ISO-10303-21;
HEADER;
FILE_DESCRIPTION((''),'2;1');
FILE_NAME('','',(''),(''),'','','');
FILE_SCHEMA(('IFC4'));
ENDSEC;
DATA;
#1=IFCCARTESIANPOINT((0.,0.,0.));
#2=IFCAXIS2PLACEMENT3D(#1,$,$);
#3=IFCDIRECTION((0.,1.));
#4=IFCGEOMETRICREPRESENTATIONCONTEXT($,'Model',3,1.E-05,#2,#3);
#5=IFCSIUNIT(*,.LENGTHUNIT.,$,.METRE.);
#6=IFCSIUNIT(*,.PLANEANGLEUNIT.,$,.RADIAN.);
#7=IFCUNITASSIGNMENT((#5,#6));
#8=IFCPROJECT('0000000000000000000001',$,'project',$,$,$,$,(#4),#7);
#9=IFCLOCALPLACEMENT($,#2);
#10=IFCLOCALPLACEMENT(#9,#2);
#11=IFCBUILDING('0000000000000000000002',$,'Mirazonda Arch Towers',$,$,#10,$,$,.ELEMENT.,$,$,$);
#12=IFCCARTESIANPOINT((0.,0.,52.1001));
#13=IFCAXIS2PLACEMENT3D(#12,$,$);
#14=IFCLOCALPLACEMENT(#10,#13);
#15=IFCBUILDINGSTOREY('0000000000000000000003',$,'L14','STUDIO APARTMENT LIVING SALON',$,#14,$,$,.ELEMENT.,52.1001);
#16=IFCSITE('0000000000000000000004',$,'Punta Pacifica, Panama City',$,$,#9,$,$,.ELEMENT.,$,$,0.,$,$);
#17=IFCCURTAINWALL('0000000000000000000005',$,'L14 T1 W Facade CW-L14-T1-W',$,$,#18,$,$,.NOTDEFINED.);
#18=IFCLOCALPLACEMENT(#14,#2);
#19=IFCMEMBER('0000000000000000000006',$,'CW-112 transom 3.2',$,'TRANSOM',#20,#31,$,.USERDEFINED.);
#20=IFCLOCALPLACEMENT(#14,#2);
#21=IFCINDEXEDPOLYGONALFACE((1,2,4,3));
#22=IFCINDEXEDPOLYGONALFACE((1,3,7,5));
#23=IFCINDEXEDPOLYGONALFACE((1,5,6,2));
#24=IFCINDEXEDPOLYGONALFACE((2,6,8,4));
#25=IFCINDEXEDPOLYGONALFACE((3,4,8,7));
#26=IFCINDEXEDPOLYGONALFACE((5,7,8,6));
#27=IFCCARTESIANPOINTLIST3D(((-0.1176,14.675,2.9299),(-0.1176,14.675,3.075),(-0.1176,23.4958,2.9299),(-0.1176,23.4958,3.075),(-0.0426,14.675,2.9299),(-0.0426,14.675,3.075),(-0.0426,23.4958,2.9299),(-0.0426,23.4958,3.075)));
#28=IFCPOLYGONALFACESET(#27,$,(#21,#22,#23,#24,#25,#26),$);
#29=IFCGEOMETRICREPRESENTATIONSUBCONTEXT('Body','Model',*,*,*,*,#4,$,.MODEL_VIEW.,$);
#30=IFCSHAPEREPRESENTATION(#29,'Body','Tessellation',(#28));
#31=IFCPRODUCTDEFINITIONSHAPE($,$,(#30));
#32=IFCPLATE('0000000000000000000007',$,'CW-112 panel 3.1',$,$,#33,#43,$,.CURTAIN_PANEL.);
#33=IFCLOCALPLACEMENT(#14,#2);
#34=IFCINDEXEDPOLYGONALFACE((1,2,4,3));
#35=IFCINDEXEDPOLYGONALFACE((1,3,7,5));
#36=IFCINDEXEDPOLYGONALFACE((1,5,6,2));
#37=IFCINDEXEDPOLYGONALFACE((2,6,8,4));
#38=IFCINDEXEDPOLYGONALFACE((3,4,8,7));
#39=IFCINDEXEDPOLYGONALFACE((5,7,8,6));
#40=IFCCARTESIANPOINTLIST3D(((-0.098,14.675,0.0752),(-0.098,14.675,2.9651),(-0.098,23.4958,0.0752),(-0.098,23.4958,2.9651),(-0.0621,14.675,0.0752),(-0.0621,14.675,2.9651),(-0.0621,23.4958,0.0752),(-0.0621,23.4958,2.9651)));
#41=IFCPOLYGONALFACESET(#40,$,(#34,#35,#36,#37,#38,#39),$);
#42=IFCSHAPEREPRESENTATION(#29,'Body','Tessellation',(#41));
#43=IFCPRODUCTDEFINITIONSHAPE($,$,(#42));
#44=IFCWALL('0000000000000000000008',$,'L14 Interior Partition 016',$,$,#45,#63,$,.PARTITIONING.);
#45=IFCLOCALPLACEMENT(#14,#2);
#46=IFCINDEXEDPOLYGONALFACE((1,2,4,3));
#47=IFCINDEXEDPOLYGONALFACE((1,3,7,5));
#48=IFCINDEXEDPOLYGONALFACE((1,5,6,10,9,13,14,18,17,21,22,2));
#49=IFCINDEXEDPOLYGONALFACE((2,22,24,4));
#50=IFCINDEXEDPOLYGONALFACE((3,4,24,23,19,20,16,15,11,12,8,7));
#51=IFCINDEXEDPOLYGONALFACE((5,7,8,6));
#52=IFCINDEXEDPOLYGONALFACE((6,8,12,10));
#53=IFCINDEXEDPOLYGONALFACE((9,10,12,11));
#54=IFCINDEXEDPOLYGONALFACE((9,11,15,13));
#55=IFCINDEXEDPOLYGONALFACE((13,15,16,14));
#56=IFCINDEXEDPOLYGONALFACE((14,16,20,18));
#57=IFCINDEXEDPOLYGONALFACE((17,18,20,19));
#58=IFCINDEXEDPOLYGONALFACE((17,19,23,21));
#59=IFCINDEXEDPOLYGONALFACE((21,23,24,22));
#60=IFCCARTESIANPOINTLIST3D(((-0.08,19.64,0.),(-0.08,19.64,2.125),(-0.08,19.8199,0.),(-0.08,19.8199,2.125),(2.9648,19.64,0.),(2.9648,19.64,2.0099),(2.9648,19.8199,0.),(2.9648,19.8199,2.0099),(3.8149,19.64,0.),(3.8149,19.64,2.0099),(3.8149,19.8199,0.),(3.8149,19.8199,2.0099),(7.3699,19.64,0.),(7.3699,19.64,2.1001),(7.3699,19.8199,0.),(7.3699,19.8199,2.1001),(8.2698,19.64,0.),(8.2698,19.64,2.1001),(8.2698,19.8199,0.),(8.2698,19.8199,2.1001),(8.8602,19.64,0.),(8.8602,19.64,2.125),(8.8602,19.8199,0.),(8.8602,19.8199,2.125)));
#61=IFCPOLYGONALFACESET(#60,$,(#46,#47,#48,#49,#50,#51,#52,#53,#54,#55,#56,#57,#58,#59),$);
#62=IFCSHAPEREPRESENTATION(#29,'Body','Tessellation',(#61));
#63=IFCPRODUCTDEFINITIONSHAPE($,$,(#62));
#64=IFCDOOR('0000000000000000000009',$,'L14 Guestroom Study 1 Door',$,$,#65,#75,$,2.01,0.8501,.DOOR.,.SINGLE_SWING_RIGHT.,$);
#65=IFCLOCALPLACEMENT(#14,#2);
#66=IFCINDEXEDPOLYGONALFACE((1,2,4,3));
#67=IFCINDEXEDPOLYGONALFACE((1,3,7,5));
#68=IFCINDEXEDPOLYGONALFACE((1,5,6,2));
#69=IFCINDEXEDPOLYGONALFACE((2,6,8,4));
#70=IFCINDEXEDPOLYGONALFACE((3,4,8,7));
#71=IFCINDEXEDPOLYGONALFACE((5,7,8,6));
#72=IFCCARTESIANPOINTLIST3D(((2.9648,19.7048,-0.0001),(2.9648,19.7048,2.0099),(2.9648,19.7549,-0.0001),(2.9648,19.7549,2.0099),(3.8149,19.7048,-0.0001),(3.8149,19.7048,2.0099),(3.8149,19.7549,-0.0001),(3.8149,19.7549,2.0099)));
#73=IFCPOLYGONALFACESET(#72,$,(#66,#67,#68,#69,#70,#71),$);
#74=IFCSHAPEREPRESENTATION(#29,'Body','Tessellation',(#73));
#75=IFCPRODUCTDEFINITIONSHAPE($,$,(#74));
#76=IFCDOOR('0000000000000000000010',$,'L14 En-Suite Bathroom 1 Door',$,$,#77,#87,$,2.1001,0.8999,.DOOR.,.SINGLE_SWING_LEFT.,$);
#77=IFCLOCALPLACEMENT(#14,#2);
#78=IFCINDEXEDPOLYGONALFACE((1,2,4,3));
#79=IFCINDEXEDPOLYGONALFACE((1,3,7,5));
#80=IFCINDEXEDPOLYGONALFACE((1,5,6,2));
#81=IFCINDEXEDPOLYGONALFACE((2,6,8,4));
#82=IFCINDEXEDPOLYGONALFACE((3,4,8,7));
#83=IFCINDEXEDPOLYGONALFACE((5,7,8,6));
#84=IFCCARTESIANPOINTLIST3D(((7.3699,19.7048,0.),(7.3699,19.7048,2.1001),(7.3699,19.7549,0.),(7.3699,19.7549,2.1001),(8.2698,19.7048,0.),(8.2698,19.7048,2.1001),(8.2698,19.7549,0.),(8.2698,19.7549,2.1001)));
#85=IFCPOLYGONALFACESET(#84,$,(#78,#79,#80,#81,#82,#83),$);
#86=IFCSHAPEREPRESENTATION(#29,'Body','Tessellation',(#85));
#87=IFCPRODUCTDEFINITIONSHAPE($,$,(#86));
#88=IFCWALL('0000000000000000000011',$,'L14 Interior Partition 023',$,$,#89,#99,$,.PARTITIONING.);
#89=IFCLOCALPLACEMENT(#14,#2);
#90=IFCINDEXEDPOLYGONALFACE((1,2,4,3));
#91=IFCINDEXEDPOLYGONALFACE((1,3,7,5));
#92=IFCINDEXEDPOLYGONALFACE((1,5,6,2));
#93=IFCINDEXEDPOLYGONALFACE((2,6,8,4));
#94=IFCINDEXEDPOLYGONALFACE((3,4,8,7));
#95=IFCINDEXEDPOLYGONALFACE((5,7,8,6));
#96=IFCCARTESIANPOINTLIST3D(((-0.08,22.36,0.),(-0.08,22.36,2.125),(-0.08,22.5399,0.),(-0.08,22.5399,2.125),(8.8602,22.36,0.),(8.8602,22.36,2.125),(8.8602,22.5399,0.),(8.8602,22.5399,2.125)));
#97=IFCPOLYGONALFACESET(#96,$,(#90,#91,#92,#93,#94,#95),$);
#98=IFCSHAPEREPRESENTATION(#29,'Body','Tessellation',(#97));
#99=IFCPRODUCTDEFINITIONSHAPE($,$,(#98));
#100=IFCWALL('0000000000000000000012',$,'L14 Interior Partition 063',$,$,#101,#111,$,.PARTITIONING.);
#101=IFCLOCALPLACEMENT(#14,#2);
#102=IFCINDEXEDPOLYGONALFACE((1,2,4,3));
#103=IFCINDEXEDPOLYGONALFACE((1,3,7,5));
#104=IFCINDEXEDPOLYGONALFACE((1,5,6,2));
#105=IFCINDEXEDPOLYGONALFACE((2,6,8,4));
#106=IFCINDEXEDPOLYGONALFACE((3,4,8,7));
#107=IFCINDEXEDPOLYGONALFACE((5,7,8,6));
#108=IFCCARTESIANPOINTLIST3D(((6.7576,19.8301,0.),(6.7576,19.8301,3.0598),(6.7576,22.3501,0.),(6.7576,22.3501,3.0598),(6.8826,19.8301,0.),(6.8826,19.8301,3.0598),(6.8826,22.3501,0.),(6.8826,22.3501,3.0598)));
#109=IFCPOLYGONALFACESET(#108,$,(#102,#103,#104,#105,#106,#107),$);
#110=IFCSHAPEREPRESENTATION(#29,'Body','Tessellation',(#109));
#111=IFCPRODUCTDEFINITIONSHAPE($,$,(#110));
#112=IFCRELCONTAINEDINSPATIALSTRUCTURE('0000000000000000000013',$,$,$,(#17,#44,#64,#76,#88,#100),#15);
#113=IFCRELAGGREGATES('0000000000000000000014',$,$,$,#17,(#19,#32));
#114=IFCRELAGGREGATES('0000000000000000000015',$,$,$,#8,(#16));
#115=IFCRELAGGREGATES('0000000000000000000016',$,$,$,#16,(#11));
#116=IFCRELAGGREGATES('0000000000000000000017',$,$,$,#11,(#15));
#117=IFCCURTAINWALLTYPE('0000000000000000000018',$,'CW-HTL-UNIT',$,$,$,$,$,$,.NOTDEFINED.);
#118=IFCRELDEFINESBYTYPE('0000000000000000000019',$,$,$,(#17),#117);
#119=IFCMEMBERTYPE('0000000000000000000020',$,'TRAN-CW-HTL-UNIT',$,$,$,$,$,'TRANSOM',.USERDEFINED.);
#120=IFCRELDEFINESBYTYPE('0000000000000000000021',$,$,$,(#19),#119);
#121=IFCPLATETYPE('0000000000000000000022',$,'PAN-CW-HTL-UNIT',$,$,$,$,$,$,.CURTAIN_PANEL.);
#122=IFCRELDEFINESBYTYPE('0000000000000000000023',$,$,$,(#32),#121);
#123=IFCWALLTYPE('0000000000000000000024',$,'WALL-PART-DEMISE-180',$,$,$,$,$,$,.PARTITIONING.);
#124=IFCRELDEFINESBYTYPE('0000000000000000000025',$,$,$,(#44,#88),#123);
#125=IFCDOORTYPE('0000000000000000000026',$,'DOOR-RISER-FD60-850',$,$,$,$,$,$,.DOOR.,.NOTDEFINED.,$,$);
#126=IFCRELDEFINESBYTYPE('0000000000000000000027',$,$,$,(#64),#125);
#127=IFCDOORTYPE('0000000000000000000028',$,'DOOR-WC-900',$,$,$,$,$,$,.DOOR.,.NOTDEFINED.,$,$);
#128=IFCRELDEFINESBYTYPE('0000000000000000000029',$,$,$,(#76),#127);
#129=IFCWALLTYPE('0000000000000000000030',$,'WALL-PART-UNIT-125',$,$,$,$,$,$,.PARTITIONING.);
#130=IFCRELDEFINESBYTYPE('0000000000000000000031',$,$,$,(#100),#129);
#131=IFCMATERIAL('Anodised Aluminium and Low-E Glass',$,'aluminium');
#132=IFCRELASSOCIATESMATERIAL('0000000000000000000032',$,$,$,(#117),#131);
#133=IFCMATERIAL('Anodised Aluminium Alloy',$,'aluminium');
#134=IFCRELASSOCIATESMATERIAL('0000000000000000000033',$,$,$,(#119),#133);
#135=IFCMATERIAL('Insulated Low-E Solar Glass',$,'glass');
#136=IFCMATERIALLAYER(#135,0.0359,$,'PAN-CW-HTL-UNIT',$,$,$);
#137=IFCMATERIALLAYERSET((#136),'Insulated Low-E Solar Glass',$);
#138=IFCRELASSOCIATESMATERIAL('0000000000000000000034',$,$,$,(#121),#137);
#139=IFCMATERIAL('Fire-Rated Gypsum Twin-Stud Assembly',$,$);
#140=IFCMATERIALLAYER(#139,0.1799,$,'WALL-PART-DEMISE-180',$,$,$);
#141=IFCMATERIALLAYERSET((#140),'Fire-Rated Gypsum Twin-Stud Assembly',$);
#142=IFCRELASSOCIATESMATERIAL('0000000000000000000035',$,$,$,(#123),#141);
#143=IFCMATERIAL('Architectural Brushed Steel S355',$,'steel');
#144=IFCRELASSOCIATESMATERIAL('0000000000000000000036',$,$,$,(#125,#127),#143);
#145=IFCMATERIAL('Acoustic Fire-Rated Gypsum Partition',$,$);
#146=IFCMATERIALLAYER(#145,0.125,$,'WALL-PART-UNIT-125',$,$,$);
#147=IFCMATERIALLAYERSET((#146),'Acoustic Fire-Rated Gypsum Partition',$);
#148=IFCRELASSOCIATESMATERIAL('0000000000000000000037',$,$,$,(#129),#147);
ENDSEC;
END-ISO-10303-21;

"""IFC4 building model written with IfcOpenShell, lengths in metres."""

from ifc_helpers import new_model, si_unit, direction, frame, frame_2d, origin, origin_2d, place, context, subcontext, project, spatial, rectangle, extrude, material, layer, layer_set, material_profile, profile_set, type_object, element, fill, aggregate, save


model = new_model("IFC4")

# Units and contexts
model_context = context("Model", 3, precision=1e-05, world=origin(), true_north=direction((0.0, 1.0)))
body_context = subcontext(model_context, "Body", "Model", "MODEL_VIEW")
ifc_project = project(units=[si_unit("LENGTHUNIT", "METRE"), si_unit("PLANEANGLEUNIT", "RADIAN")], contexts=[model_context])

# Site, building, storey
site_placement = place(None, origin())
site = spatial("IfcSite", under=ifc_project, at=site_placement, Name="Punta Pacifica, Panama City", CompositionType="ELEMENT", RefElevation=0.0)
building_placement = place(site_placement, origin())
building = spatial("IfcBuilding", under=site, at=building_placement, Name="Mirazonda Arch Towers", CompositionType="ELEMENT")
storey_placement = place(building_placement, frame((0.0, 0.0, 52.1001)))
storey = spatial("IfcBuildingStorey", under=building, at=storey_placement, Name="L14", Description="STUDIO APARTMENT LIVING SALON", CompositionType="ELEMENT", Elevation=52.1001)

# Curtain wall, member, plate
ifc_material_1 = material(Name="Anodised Aluminium and Low-E Glass", Category="aluminium")
curtain_wall_type = type_object("IfcCurtainWallType", Name="CW-HTL-UNIT", PredefinedType="NOTDEFINED", material=ifc_material_1)
curtain_wall_placement = place(storey_placement, origin())
curtain_wall = element("IfcCurtainWall", 1, at=curtain_wall_placement, inside=storey, type_object=curtain_wall_type, Name="L14 T1 W Facade CW-L14-T1-W", PredefinedType="NOTDEFINED")
ifc_material_2 = material(Name="Anodised Aluminium Alloy", Category="aluminium")
ifc_material_profile_1 = material_profile(ifc_material_2, rectangle(XDim=0.075, YDim=0.145, at=origin_2d()), Name="ALU-TRAN-75x145")
ifc_profile_set_1 = profile_set([ifc_material_profile_1], Name="Anodised Aluminium Alloy")
member_type_1 = type_object("IfcMemberType", Name="TRAN-CW-HTL-UNIT", ElementType="TRANSOM", PredefinedType="USERDEFINED", material=ifc_profile_set_1)
member_1_placement = place(storey_placement, frame((-0.0801, 23.4958, 3.0024), z_axis=(0.0, -1.0, 0.0), x_axis=(1.0, 0.0, 0.0)))
member_1 = element("IfcMember", 2, at=member_1_placement, type_object=member_type_1, Name="CW-112 transom 3.2", ObjectType="TRANSOM", PredefinedType="USERDEFINED", context=body_context, shape_type="SweptSolid", body=[
    extrude(rectangle(XDim=0.075, YDim=0.145, at=origin_2d()), origin(), (0.0, 0.0, 1.0), 8.8208),
])
ifc_material_3 = material(Name="Insulated Low-E Solar Glass", Category="glass")
ifc_layer_1 = layer(ifc_material_3, 0.0359, Name="PAN-CW-HTL-UNIT")
ifc_layer_set_1 = layer_set([ifc_layer_1], Name="Insulated Low-E Solar Glass")
plate_type = type_object("IfcPlateType", Name="PAN-CW-HTL-UNIT", PredefinedType="CURTAIN_PANEL", material=ifc_layer_set_1)
plate_placement = place(storey_placement, frame((-0.0801, 19.0854, 0.0752), z_axis=(0.0, 0.0, 1.0), x_axis=(0.0, -1.0, 0.0)))
plate = element("IfcPlate", 3, at=plate_placement, type_object=plate_type, Name="CW-112 panel 3.1", PredefinedType="CURTAIN_PANEL", context=body_context, shape_type="SweptSolid", body=[
    extrude(rectangle(XDim=8.8208, YDim=0.0359, at=origin_2d()), origin(), (0.0, 0.0, 1.0), 2.8899),
])
aggregate(curtain_wall, [member_1, plate])

# Wall, openings, doors
ifc_material_4 = material(Name="Fire-Rated Gypsum Twin-Stud Assembly")
ifc_layer_2 = layer(ifc_material_4, 0.1799, Name="WALL-PART-DEMISE-180")
ifc_layer_set_2 = layer_set([ifc_layer_2], Name="Fire-Rated Gypsum Twin-Stud Assembly")
wall_type_1 = type_object("IfcWallType", Name="WALL-PART-DEMISE-180", PredefinedType="PARTITIONING", material=ifc_layer_set_2)
wall_1_placement = place(storey_placement, frame((-0.0801, 19.73, 0.0), z_axis=(0.0, 0.0, 1.0), x_axis=(1.0, 0.0, 0.0)))
wall_1 = element("IfcWall", 4, at=wall_1_placement, inside=storey, type_object=wall_type_1, Name="L14 Interior Partition 016", PredefinedType="PARTITIONING", context=body_context, shape_type="SweptSolid", body=[
    extrude(rectangle(XDim=8.9402, YDim=0.1799, at=frame_2d((4.4702, 0.0))), origin(), (0.0, 0.0, 1.0), 2.125),
])
opening_1_placement = place(wall_1_placement, frame((3.0449, 0.0, 0.0)))
opening_1 = element("IfcOpeningElement", 5, at=opening_1_placement, cuts=wall_1, PredefinedType="OPENING", context=body_context, shape_type="SweptSolid", body=[
    extrude(rectangle(XDim=0.8501, YDim=2.01, at=frame_2d((0.425, 1.0049))), frame((0.0, 0.0999, 0.0), z_axis=(0.0, -1.0, 0.0), x_axis=(1.0, 0.0, 0.0)), (0.0, 0.0, 1.0), 0.2),
])
opening_2_placement = place(wall_1_placement, frame((7.45, 0.0, 0.0)))
opening_2 = element("IfcOpeningElement", 6, at=opening_2_placement, cuts=wall_1, PredefinedType="OPENING", context=body_context, shape_type="SweptSolid", body=[
    extrude(rectangle(XDim=0.8999, YDim=2.1001, at=frame_2d((0.45, 1.05))), frame((0.0, 0.0999, 0.0), z_axis=(0.0, -1.0, 0.0), x_axis=(1.0, 0.0, 0.0)), (0.0, 0.0, 1.0), 0.2),
])
ifc_material_5 = material(Name="Architectural Brushed Steel S355", Category="steel")
door_type_1 = type_object("IfcDoorType", Name="DOOR-RISER-FD60-850", OperationType="NOTDEFINED", PredefinedType="DOOR", material=ifc_material_5)
door_1_placement = place(opening_1_placement, origin())
door_1 = element("IfcDoor", 7, at=door_1_placement, inside=storey, type_object=door_type_1, Name="L14 Guestroom Study 1 Door", OperationType="SINGLE_SWING_RIGHT", OverallHeight=2.01, OverallWidth=0.8501, PredefinedType="DOOR", context=body_context, shape_type="SweptSolid", body=[
    extrude(rectangle(XDim=0.8501, YDim=2.01, at=frame_2d((0.425, 1.0049))), frame((0.0, 0.0249, 0.0), z_axis=(0.0, -1.0, 0.0), x_axis=(1.0, 0.0, 0.0)), (0.0, 0.0, 1.0), 0.05),
])
fill(opening_1, door_1)
door_type_2 = type_object("IfcDoorType", Name="DOOR-WC-900", OperationType="NOTDEFINED", PredefinedType="DOOR", material=ifc_material_5)
door_2_placement = place(opening_2_placement, origin())
door_2 = element("IfcDoor", 8, at=door_2_placement, inside=storey, type_object=door_type_2, Name="L14 En-Suite Bathroom 1 Door", OperationType="SINGLE_SWING_LEFT", OverallHeight=2.1001, OverallWidth=0.8999, PredefinedType="DOOR", context=body_context, shape_type="SweptSolid", body=[
    extrude(rectangle(XDim=0.8999, YDim=2.1001, at=frame_2d((0.45, 1.05))), frame((0.0, 0.0249, 0.0), z_axis=(0.0, -1.0, 0.0), x_axis=(1.0, 0.0, 0.0)), (0.0, 0.0, 1.0), 0.05),
])
fill(opening_2, door_2)

# Walls
wall_2_placement = place(storey_placement, frame((-0.0801, 22.45, 0.0), z_axis=(0.0, 0.0, 1.0), x_axis=(1.0, 0.0, 0.0)))
element("IfcWall", 9, at=wall_2_placement, inside=storey, type_object=wall_type_1, Name="L14 Interior Partition 023", PredefinedType="PARTITIONING", context=body_context, shape_type="SweptSolid", body=[
    extrude(rectangle(XDim=8.9402, YDim=0.1799, at=frame_2d((4.4702, 0.0))), origin(), (0.0, 0.0, 1.0), 2.125),
])
ifc_material_6 = material(Name="Acoustic Fire-Rated Gypsum Partition")
ifc_layer_3 = layer(ifc_material_6, 0.125, Name="WALL-PART-UNIT-125")
ifc_layer_set_3 = layer_set([ifc_layer_3], Name="Acoustic Fire-Rated Gypsum Partition")
wall_type_2 = type_object("IfcWallType", Name="WALL-PART-UNIT-125", PredefinedType="PARTITIONING", material=ifc_layer_set_3)
wall_3_placement = place(storey_placement, frame((6.8201, 19.8301, 0.0), z_axis=(0.0, 0.0, 1.0), x_axis=(0.0, 1.0, 0.0)))
element("IfcWall", 10, at=wall_3_placement, inside=storey, type_object=wall_type_2, Name="L14 Interior Partition 063", PredefinedType="PARTITIONING", context=body_context, shape_type="SweptSolid", body=[
    extrude(rectangle(XDim=2.52, YDim=0.125, at=frame_2d((1.26, 0.0))), origin(), (0.0, 0.0, 1.0), 3.0598),
])

save(model, "model.ifc")
